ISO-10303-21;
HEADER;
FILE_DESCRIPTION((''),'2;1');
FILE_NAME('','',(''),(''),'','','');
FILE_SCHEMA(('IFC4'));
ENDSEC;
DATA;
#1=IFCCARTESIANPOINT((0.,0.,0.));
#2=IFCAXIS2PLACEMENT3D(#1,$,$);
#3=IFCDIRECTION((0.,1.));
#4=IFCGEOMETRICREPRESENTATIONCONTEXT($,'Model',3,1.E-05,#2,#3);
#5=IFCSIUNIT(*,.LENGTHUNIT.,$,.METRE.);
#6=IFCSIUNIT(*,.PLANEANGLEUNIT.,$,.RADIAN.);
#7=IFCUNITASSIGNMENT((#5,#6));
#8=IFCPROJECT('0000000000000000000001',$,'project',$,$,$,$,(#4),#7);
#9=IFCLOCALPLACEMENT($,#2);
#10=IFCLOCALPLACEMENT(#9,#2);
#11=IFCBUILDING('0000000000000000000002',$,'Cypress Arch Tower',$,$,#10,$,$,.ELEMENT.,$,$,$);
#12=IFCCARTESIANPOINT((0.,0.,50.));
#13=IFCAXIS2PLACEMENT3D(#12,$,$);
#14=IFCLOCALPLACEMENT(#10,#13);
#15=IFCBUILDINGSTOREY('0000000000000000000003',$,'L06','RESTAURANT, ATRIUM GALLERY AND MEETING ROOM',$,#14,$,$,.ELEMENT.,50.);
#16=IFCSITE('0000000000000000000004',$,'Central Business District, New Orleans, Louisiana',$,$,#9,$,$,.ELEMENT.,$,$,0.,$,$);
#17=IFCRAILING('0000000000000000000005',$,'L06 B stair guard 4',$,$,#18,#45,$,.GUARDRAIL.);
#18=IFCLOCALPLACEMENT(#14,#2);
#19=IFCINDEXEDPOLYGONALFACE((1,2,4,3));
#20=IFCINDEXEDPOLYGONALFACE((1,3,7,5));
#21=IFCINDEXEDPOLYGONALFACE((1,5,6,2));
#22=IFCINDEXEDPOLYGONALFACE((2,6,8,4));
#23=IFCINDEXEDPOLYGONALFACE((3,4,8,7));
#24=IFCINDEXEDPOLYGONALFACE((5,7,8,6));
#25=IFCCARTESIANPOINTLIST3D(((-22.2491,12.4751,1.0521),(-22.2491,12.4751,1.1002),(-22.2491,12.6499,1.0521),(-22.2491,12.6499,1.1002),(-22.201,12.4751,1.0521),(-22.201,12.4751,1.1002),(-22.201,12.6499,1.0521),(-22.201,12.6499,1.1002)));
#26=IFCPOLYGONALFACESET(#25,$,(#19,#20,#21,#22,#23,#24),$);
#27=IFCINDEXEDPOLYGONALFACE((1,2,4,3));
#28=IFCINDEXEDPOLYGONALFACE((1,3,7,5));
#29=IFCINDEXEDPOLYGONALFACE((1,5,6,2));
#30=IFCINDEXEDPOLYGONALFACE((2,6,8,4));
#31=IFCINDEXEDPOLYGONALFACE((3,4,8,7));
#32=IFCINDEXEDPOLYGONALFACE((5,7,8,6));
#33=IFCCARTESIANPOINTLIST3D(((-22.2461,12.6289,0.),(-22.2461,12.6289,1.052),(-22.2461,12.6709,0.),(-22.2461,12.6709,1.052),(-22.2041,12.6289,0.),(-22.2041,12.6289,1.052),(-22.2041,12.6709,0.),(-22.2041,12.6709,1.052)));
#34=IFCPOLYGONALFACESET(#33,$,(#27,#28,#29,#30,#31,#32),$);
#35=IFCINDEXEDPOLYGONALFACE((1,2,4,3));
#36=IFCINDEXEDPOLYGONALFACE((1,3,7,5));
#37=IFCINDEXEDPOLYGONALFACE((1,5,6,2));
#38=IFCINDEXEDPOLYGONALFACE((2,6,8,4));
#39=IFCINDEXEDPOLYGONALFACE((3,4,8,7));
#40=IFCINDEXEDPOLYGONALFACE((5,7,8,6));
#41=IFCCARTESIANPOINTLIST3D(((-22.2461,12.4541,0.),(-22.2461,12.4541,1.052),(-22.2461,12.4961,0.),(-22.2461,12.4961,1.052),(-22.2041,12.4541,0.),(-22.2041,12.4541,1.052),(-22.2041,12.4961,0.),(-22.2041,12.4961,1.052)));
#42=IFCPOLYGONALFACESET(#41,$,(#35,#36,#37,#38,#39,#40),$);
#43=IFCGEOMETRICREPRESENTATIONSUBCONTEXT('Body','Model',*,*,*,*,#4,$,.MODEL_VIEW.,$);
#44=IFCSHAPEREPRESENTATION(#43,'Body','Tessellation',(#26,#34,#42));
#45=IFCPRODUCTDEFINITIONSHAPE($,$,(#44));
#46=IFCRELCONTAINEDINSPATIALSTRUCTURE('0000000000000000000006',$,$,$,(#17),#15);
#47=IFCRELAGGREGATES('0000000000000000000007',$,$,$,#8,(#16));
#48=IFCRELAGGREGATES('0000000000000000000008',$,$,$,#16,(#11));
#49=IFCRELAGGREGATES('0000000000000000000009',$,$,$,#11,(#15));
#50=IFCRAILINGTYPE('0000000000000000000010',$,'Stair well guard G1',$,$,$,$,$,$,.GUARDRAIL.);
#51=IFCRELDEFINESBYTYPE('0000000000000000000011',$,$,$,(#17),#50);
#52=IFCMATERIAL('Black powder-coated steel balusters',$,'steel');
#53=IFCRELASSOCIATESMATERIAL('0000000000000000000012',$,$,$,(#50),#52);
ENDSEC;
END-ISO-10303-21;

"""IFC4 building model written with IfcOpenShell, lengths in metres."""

from ifc_helpers import new_model, si_unit, direction, frame, origin, origin_2d, place, context, subcontext, project, spatial, rectangle, extrude, material, type_object, element, save


model = new_model("IFC4")

# Units and contexts
model_context = context("Model", 3, precision=1e-05, world=origin(), true_north=direction((0.0, 1.0)))
body_context = subcontext(model_context, "Body", "Model", "MODEL_VIEW")
ifc_project = project(units=[si_unit("LENGTHUNIT", "METRE"), si_unit("PLANEANGLEUNIT", "RADIAN")], contexts=[model_context])

# Site, building, storey
site_placement = place(None, origin())
site = spatial("IfcSite", under=ifc_project, at=site_placement, Name="Central Business District, New Orleans, Louisiana", CompositionType="ELEMENT", RefElevation=0.0)
building_placement = place(site_placement, origin())
building = spatial("IfcBuilding", under=site, at=building_placement, Name="Cypress Arch Tower", CompositionType="ELEMENT")
storey_placement = place(building_placement, frame((0.0, 0.0, 50.0)))
storey = spatial("IfcBuildingStorey", under=building, at=storey_placement, Name="L06", Description="RESTAURANT, ATRIUM GALLERY AND MEETING ROOM", CompositionType="ELEMENT", Elevation=50.0)

# Railing
ifc_material_1 = material(Name="Black powder-coated steel balusters", Category="steel")
railing_type = type_object("IfcRailingType", Name="Stair well guard G1", PredefinedType="GUARDRAIL", material=ifc_material_1)
railing_placement = place(storey_placement, frame((-22.2251, 12.6499, 0.0)))
element("IfcRailing", 1, at=railing_placement, inside=storey, type_object=railing_type, Name="L06 B stair guard 4", PredefinedType="GUARDRAIL", context=body_context, shape_type="SweptSolid", body=[
    extrude(rectangle(XDim=0.0481, YDim=0.0481, at=origin_2d()), frame((0.0, 0.0, 1.0762), z_axis=(0.0, -1.0, 0.0), x_axis=(1.0, 0.0, 0.0)), (0.0, 0.0, 1.0), 0.1748),
    extrude(rectangle(XDim=0.042, YDim=0.042, at=origin_2d()), origin(), (0.0, 0.0, 1.0), 1.052),
    extrude(rectangle(XDim=0.042, YDim=0.042, at=origin_2d()), frame((0.0, -0.1748, 0.0)), (0.0, 0.0, 1.0), 1.052),
])

save(model, "model.ifc")
